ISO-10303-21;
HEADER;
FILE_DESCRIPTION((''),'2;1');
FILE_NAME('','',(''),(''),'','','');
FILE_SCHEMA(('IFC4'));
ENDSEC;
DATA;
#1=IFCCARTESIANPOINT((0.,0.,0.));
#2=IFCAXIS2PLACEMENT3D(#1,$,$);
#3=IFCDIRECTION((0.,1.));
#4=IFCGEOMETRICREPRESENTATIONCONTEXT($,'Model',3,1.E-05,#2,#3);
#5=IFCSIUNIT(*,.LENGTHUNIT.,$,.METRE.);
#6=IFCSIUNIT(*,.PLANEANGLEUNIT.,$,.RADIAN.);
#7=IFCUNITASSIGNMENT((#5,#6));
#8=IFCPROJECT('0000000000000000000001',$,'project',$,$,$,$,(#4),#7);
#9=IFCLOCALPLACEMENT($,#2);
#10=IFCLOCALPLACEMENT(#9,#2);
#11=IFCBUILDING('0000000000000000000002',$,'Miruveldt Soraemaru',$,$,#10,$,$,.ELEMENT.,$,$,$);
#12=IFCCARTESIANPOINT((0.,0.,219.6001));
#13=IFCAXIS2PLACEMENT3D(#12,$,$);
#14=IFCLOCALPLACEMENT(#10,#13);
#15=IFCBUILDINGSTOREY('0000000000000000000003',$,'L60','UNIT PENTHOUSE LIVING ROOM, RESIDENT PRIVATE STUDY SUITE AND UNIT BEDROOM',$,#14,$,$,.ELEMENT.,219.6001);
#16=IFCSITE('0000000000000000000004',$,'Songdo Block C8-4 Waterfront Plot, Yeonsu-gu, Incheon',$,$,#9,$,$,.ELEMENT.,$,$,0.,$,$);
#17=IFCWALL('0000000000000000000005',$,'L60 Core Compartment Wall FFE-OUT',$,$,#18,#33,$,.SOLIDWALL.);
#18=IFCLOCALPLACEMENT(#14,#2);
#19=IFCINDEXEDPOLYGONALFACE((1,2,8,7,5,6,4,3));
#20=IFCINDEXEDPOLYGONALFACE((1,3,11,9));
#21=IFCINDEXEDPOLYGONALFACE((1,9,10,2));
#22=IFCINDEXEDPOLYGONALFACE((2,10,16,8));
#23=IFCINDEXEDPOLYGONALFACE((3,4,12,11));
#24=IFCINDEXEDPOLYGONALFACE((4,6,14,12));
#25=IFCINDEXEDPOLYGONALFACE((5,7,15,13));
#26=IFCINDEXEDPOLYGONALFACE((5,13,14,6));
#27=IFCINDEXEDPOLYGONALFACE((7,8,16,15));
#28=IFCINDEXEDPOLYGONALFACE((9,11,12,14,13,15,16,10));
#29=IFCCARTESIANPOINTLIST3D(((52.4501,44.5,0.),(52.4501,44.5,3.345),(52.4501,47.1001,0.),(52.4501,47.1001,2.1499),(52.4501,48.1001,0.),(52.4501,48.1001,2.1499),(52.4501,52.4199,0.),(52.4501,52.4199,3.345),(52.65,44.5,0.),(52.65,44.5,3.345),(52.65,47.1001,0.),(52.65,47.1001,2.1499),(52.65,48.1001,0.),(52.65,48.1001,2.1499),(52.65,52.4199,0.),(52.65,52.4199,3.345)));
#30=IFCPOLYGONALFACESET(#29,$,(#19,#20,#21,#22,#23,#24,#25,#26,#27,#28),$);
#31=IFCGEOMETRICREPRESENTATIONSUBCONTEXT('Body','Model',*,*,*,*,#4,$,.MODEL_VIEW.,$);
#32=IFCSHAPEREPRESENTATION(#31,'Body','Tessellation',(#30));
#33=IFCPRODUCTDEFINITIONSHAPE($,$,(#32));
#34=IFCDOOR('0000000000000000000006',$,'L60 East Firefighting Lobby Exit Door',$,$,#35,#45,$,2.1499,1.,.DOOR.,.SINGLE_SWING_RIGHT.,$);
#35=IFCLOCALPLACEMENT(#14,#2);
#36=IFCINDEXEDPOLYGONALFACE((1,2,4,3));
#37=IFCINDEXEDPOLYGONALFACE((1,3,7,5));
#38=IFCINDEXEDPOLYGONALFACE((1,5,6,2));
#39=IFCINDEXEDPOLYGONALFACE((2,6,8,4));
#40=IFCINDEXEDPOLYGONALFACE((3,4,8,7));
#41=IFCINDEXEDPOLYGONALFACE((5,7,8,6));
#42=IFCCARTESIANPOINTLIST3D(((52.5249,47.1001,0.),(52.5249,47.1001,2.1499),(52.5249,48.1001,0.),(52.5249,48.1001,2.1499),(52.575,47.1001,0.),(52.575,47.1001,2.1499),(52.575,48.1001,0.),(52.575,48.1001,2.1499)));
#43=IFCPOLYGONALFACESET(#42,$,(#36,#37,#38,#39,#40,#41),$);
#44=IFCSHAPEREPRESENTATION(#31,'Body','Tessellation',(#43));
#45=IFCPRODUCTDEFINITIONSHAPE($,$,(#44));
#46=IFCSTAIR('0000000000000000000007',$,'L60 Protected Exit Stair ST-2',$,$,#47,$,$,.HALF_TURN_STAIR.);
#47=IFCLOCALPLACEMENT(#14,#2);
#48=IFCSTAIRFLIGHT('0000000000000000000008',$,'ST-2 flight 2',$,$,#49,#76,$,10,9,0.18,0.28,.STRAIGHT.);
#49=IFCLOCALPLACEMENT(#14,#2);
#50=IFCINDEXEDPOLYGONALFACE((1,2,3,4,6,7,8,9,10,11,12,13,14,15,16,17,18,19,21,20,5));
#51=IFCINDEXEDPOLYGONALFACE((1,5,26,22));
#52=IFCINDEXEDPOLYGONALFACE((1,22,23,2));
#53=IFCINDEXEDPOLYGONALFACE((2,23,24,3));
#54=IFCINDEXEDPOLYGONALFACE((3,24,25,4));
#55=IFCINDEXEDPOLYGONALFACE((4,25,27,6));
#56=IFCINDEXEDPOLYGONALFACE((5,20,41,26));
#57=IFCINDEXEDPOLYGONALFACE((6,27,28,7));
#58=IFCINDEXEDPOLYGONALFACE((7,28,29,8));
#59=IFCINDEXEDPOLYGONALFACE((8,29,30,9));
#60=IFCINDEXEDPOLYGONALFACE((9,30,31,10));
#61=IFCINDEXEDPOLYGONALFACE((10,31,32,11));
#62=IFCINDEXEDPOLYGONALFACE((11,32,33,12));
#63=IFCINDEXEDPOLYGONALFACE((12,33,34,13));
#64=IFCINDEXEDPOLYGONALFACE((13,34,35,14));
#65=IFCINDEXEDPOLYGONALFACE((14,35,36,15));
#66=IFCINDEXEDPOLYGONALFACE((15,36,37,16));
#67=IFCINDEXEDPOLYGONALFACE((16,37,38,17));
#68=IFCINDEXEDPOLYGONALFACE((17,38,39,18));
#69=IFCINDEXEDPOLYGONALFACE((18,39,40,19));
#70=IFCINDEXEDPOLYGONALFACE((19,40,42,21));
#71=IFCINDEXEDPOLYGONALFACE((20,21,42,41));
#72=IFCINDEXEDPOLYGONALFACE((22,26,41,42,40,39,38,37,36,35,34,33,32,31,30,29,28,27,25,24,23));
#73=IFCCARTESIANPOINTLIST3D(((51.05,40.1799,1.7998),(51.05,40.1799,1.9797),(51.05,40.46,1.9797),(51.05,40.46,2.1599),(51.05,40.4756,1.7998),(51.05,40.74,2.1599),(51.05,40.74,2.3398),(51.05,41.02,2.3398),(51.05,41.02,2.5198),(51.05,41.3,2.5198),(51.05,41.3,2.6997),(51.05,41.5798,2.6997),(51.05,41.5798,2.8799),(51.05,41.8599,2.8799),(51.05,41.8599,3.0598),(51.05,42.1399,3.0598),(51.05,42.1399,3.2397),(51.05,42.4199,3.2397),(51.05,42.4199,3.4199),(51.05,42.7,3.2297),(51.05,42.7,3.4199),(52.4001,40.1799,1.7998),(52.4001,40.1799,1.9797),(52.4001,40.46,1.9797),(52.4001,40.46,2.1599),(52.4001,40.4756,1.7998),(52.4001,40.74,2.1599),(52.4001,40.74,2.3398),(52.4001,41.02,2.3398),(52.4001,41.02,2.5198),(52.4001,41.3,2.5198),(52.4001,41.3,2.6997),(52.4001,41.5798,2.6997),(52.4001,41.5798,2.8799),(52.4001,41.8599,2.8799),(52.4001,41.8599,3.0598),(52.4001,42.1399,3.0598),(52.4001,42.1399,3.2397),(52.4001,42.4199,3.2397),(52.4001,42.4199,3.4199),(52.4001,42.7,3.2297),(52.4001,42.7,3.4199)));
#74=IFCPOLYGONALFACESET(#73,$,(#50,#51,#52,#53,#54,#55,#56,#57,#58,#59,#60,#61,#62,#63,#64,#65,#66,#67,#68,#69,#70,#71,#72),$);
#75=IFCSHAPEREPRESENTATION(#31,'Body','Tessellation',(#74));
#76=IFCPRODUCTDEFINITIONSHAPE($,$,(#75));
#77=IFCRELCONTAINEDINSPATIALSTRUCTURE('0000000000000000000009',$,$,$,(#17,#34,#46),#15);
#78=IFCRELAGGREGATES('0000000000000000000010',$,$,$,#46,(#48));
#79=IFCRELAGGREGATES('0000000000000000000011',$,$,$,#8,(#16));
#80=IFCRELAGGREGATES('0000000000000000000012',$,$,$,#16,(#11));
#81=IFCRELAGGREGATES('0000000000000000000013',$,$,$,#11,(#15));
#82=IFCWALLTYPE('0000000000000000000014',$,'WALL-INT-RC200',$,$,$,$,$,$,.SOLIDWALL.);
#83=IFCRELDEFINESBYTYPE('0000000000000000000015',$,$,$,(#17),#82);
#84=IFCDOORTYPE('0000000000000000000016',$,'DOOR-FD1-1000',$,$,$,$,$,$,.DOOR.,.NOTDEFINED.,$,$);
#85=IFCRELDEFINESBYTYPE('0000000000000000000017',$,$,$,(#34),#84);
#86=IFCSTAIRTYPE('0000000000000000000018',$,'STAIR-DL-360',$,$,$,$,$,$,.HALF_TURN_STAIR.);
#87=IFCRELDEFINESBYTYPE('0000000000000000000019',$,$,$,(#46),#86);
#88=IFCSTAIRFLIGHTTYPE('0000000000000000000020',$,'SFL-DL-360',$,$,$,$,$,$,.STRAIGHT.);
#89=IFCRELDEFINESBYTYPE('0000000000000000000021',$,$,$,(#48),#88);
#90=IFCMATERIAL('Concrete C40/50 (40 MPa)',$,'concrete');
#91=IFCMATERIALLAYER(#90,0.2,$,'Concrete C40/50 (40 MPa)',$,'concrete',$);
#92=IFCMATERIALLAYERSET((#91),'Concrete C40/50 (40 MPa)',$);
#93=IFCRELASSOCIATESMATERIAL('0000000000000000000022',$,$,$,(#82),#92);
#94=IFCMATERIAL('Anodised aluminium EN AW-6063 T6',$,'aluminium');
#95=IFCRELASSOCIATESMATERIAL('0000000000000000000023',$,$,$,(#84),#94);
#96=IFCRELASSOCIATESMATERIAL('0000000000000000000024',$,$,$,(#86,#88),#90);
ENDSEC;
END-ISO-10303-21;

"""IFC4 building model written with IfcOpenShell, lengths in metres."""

from ifc_helpers import new_model, si_unit, direction, frame, frame_2d, origin, place, context, subcontext, project, spatial, polyline, rectangle, outline, extrude, material, layer, layer_set, type_object, element, fill, aggregate, save


model = new_model("IFC4")

# Units and contexts
model_context = context("Model", 3, precision=1e-05, world=origin(), true_north=direction((0.0, 1.0)))
body_context = subcontext(model_context, "Body", "Model", "MODEL_VIEW")
ifc_project = project(units=[si_unit("LENGTHUNIT", "METRE"), si_unit("PLANEANGLEUNIT", "RADIAN")], contexts=[model_context])

# Site, building, storey
site_placement = place(None, origin())
site = spatial("IfcSite", under=ifc_project, at=site_placement, Name="Songdo Block C8-4 Waterfront Plot, Yeonsu-gu, Incheon", CompositionType="ELEMENT", RefElevation=0.0)
building_placement = place(site_placement, origin())
building = spatial("IfcBuilding", under=site, at=building_placement, Name="Miruveldt Soraemaru", CompositionType="ELEMENT")
storey_placement = place(building_placement, frame((0.0, 0.0, 219.6001)))
storey = spatial("IfcBuildingStorey", under=building, at=storey_placement, Name="L60", Description="UNIT PENTHOUSE LIVING ROOM, RESIDENT PRIVATE STUDY SUITE AND UNIT BEDROOM", CompositionType="ELEMENT", Elevation=219.6001)

# Wall, opening, door
ifc_material_1 = material(Name="Concrete C40/50 (40 MPa)", Category="concrete")
ifc_layer_1 = layer(ifc_material_1, 0.2, Name="Concrete C40/50 (40 MPa)", Category="concrete")
ifc_layer_set_1 = layer_set([ifc_layer_1], Name="Concrete C40/50 (40 MPa)")
wall_type_1 = type_object("IfcWallType", Name="WALL-INT-RC200", PredefinedType="SOLIDWALL", material=ifc_layer_set_1)
wall_1_placement = place(storey_placement, frame((52.55, 44.5, 0.0), z_axis=(0.0, 0.0, 1.0), x_axis=(0.0, 1.0, 0.0)))
wall_1 = element("IfcWall", 1, at=wall_1_placement, inside=storey, type_object=wall_type_1, Name="L60 Core Compartment Wall FFE-OUT", PredefinedType="SOLIDWALL", context=body_context, shape_type="SweptSolid", body=[
    extrude(rectangle(XDim=7.9199, YDim=0.2, at=frame_2d((3.96, 0.0))), origin(), (0.0, 0.0, 1.0), 3.345),
])
opening_1_placement = place(wall_1_placement, frame((2.6001, 0.0, 0.0)))
opening_1 = element("IfcOpeningElement", 2, at=opening_1_placement, cuts=wall_1, PredefinedType="OPENING", context=body_context, shape_type="SweptSolid", body=[
    extrude(rectangle(XDim=1.0, YDim=2.1499, at=frame_2d((0.5, 1.075))), frame((0.0, 0.1099, 0.0), z_axis=(0.0, -1.0, 0.0), x_axis=(1.0, 0.0, 0.0)), (0.0, 0.0, 1.0), 0.22),
])
ifc_material_2 = material(Name="Anodised aluminium EN AW-6063 T6", Category="aluminium")
door_type = type_object("IfcDoorType", Name="DOOR-FD1-1000", OperationType="NOTDEFINED", PredefinedType="DOOR", material=ifc_material_2)
door_placement = place(opening_1_placement, frame((1.0, 0.0, 0.0), z_axis=(0.0, 0.0, 1.0), x_axis=(-1.0, 0.0, 0.0)))
door = element("IfcDoor", 3, at=door_placement, inside=storey, type_object=door_type, Name="L60 East Firefighting Lobby Exit Door", OperationType="SINGLE_SWING_RIGHT", OverallHeight=2.1499, OverallWidth=1.0, PredefinedType="DOOR", context=body_context, shape_type="SweptSolid", body=[
    extrude(rectangle(XDim=1.0, YDim=2.1499, at=frame_2d((0.5, 1.075))), frame((0.0, 0.0249, 0.0), z_axis=(0.0, -1.0, 0.0), x_axis=(1.0, 0.0, 0.0)), (0.0, 0.0, 1.0), 0.05),
])
fill(opening_1, door)

# Stair, stair flight
stair_type = type_object("IfcStairType", Name="STAIR-DL-360", PredefinedType="HALF_TURN_STAIR", material=ifc_material_1)
stair_placement = place(storey_placement, origin())
stair = element("IfcStair", 4, at=stair_placement, inside=storey, type_object=stair_type, Name="L60 Protected Exit Stair ST-2", PredefinedType="HALF_TURN_STAIR")
stair_flight_type = type_object("IfcStairFlightType", Name="SFL-DL-360", PredefinedType="STRAIGHT", material=ifc_material_1)
stair_flight_placement = place(storey_placement, frame((51.7251, 40.1799, 1.7998), z_axis=(0.0, 0.0, 1.0), x_axis=(0.0, 1.0, 0.0)))
stair_flight = element("IfcStairFlight", 5, at=stair_flight_placement, type_object=stair_flight_type, Name="ST-2 flight 2", NumberOfRisers=10, NumberOfTreads=9, PredefinedType="STRAIGHT", RiserHeight=0.18, TreadLength=0.28, context=body_context, shape_type="SweptSolid", body=[
    extrude(outline(polyline([(0.0, 0.0), (0.0, 0.1799), (0.28, 0.1799), (0.28, 0.3601), (0.5601, 0.3601), (0.5601, 0.54), (0.8401, 0.54), (0.8401, 0.72), (1.1201, 0.72), (1.1201, 0.8999), (1.3999, 0.8999), (1.3999, 1.0801), (1.6799, 1.0801), (1.6799, 1.26), (1.96, 1.26), (1.96, 1.4399), (2.24, 1.4399), (2.24, 1.6201), (2.52, 1.6201), (2.52, 1.8), (2.52, 1.4299), (0.2957, 0.0), (0.0, 0.0)])), frame((0.0, 0.675, 0.0), z_axis=(0.0, -1.0, 0.0), x_axis=(1.0, 0.0, 0.0)), (0.0, 0.0, 1.0), 1.3501),
])
aggregate(stair, [stair_flight])

save(model, "model.ifc")
